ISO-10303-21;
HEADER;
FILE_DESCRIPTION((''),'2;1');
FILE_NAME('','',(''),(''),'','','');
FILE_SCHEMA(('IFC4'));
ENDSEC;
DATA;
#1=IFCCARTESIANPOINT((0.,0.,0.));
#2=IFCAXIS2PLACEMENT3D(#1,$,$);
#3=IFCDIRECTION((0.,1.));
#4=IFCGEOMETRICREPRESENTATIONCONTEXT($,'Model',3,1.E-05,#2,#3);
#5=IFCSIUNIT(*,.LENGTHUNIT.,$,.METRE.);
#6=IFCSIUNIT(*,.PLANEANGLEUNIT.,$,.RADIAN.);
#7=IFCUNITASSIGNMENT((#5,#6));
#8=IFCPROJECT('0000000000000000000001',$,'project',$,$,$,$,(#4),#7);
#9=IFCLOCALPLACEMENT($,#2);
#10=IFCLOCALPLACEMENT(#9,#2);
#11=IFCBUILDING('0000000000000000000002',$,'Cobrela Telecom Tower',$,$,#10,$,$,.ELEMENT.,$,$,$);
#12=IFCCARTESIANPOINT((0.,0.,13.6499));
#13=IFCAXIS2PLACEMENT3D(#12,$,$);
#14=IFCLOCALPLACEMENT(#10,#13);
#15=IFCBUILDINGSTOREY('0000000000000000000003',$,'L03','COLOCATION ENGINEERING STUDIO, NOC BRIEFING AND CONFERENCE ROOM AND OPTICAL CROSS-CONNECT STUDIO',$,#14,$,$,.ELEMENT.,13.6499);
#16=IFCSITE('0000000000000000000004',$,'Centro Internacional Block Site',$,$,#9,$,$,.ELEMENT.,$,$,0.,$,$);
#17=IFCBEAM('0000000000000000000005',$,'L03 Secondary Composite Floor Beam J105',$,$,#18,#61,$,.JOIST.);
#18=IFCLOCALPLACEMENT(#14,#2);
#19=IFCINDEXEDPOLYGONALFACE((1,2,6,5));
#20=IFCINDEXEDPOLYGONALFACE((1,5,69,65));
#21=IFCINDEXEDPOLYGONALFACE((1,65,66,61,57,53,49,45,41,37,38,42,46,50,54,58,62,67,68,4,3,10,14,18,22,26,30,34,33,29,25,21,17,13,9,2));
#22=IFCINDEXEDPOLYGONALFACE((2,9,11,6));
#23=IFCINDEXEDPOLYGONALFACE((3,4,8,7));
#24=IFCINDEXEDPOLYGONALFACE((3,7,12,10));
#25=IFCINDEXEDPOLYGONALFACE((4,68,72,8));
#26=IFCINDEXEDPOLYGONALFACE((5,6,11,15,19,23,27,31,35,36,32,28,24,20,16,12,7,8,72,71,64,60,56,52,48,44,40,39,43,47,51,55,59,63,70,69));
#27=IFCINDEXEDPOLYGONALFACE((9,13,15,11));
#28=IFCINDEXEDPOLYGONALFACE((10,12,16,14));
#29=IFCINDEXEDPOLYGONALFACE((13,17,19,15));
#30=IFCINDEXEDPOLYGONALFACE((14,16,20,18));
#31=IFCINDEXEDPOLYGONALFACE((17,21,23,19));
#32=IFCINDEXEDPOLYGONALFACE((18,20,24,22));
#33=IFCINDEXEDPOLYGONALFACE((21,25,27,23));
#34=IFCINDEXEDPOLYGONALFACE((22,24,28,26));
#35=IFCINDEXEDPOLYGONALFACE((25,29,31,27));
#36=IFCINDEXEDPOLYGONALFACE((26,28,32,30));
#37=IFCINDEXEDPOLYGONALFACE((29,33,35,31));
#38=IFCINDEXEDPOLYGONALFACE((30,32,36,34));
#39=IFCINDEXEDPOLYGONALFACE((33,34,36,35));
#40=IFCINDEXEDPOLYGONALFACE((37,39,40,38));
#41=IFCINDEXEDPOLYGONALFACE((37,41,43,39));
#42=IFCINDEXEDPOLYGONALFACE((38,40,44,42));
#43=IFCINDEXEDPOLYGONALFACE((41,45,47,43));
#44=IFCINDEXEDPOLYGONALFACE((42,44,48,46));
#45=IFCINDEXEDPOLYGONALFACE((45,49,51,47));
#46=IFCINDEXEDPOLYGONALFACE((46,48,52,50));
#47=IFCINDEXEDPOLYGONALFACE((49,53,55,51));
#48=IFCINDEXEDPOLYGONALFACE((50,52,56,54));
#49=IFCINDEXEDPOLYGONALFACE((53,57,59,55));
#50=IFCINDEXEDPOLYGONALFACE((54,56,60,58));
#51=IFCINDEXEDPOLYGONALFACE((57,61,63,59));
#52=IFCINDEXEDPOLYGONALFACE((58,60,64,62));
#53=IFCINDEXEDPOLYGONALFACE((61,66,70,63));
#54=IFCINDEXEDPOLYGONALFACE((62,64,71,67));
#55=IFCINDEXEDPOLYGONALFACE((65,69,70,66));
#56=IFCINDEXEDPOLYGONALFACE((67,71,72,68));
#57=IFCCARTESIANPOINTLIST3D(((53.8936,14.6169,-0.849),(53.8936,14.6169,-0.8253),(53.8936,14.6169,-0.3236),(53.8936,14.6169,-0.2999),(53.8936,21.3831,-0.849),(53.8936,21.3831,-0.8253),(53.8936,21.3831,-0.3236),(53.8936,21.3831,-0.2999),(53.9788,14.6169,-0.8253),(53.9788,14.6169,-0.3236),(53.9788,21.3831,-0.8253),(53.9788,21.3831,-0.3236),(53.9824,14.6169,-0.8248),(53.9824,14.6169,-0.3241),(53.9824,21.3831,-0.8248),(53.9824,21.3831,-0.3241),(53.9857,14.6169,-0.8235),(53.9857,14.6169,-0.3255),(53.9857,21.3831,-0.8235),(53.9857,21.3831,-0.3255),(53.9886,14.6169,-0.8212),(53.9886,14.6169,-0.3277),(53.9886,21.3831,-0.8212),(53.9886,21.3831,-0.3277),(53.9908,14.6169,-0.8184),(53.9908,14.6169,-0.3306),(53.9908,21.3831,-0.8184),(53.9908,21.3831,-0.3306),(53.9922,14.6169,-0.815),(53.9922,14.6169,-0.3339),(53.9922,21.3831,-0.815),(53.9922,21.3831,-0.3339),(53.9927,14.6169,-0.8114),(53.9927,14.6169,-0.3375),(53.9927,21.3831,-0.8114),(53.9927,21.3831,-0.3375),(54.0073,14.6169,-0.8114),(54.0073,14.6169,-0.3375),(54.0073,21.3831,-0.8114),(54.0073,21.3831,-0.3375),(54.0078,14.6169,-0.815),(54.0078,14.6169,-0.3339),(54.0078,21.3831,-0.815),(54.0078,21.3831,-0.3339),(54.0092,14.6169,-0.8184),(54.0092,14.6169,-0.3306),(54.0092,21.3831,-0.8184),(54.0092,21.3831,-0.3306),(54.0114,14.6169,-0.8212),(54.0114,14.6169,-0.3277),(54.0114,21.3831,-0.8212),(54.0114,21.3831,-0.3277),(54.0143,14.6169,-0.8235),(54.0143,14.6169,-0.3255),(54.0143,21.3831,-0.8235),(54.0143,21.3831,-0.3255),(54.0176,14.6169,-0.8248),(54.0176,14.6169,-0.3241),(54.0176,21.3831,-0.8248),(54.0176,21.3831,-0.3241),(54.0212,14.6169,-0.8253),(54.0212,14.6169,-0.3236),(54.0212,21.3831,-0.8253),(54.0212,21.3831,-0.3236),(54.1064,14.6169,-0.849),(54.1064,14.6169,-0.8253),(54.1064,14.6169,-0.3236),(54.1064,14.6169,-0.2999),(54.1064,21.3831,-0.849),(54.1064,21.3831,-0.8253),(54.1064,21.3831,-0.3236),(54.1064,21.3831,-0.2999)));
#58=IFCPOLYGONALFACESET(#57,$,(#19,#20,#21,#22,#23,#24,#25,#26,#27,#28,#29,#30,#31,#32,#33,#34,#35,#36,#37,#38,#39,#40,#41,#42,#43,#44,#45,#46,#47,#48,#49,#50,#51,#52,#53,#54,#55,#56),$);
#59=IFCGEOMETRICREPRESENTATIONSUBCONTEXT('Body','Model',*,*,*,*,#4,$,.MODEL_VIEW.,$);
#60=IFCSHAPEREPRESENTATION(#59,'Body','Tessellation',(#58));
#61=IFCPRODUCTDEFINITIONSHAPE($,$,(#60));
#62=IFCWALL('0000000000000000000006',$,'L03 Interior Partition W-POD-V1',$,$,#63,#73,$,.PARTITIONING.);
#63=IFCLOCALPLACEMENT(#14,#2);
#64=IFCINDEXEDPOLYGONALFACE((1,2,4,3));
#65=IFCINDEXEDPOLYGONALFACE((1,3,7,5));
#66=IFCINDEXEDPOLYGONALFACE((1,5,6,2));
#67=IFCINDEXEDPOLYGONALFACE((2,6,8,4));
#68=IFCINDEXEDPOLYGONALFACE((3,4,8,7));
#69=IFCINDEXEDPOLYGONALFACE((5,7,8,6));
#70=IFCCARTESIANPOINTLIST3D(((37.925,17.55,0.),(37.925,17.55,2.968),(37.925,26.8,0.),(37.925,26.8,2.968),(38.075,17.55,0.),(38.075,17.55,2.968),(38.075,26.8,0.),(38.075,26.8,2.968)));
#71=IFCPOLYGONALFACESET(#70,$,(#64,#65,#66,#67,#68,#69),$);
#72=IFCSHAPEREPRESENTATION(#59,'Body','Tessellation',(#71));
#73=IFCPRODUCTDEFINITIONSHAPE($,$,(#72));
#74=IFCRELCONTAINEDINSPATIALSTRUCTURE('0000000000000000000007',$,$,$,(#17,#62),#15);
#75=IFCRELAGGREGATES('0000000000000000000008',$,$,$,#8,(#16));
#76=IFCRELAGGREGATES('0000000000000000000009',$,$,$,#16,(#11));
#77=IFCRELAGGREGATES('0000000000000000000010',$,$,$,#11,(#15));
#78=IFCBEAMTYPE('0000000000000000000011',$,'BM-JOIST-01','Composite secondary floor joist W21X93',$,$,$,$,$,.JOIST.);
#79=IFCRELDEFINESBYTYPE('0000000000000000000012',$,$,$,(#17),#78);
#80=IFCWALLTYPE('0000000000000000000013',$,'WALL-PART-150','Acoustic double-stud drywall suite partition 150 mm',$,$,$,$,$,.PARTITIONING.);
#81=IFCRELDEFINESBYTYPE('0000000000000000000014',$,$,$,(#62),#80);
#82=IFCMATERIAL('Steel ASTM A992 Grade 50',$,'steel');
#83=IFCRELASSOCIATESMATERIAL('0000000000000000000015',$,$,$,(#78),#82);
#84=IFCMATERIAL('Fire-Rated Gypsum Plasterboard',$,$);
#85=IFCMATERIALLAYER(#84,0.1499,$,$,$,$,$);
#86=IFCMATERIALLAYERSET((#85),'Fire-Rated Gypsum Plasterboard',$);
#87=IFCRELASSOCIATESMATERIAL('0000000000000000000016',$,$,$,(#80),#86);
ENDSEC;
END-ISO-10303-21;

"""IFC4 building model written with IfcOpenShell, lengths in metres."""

from ifc_helpers import new_model, si_unit, direction, frame, frame_2d, origin, origin_2d, place, context, subcontext, project, spatial, rectangle, i_section, extrude, material, layer, layer_set, material_profile, profile_set, type_object, element, save


model = new_model("IFC4")

# Units and contexts
model_context = context("Model", 3, precision=1e-05, world=origin(), true_north=direction((0.0, 1.0)))
body_context = subcontext(model_context, "Body", "Model", "MODEL_VIEW")
ifc_project = project(units=[si_unit("LENGTHUNIT", "METRE"), si_unit("PLANEANGLEUNIT", "RADIAN")], contexts=[model_context])

# Site, building, storey
site_placement = place(None, origin())
site = spatial("IfcSite", under=ifc_project, at=site_placement, Name="Centro Internacional Block Site", CompositionType="ELEMENT", RefElevation=0.0)
building_placement = place(site_placement, origin())
building = spatial("IfcBuilding", under=site, at=building_placement, Name="Cobrela Telecom Tower", CompositionType="ELEMENT")
storey_placement = place(building_placement, frame((0.0, 0.0, 13.6499)))
storey = spatial("IfcBuildingStorey", under=building, at=storey_placement, Name="L03", Description="COLOCATION ENGINEERING STUDIO, NOC BRIEFING AND CONFERENCE ROOM AND OPTICAL CROSS-CONNECT STUDIO", CompositionType="ELEMENT", Elevation=13.6499)

# Beam
ifc_material_1 = material(Name="Steel ASTM A992 Grade 50", Category="steel")
ifc_material_profile_1 = material_profile(ifc_material_1, i_section(OverallWidth=0.2129, OverallDepth=0.5491, WebThickness=0.0146, FlangeThickness=0.0237, FilletRadius=0.0139, at=origin_2d()), Name="W21X93")
ifc_profile_set_1 = profile_set([ifc_material_profile_1], Name="Steel ASTM A992 Grade 50")
beam_type_1 = type_object("IfcBeamType", Name="BM-JOIST-01", Description="Composite secondary floor joist W21X93", PredefinedType="JOIST", material=ifc_profile_set_1)
for number, where, z_axis, x_axis, name in (
    (1, (54.0, 14.6169, -0.5745), (0.0, 1.0, 0.0), (-1.0, 0.0, 0.0), "L03 Secondary Composite Floor Beam J105"),
):
    element("IfcBeam", number, at=place(storey_placement, frame(where, z_axis=z_axis, x_axis=x_axis)), inside=storey, type_object=beam_type_1, Name=name, PredefinedType="JOIST", context=body_context, shape_type="SweptSolid", body=[
        extrude(i_section(OverallWidth=0.2129, OverallDepth=0.5491, WebThickness=0.0146, FlangeThickness=0.0237, FilletRadius=0.0139, at=origin_2d()), origin(), (0.0, 0.0, 1.0), 6.7661),
    ])

# Wall
ifc_material_2 = material(Name="Fire-Rated Gypsum Plasterboard")
ifc_layer = layer(ifc_material_2, 0.1499)
ifc_layer_set = layer_set([ifc_layer], Name="Fire-Rated Gypsum Plasterboard")
wall_type = type_object("IfcWallType", Name="WALL-PART-150", Description="Acoustic double-stud drywall suite partition 150 mm", PredefinedType="PARTITIONING", material=ifc_layer_set)
wall_placement = place(storey_placement, frame((38.0, 17.55, 0.0), z_axis=(0.0, 0.0, 1.0), x_axis=(0.0, 1.0, 0.0)))
element("IfcWall", 2, at=wall_placement, inside=storey, type_object=wall_type, Name="L03 Interior Partition W-POD-V1", PredefinedType="PARTITIONING", context=body_context, shape_type="SweptSolid", body=[
    extrude(rectangle(XDim=9.25, YDim=0.1499, at=frame_2d((4.625, 0.0))), origin(), (0.0, 0.0, 1.0), 2.968),
])

save(model, "model.ifc")
